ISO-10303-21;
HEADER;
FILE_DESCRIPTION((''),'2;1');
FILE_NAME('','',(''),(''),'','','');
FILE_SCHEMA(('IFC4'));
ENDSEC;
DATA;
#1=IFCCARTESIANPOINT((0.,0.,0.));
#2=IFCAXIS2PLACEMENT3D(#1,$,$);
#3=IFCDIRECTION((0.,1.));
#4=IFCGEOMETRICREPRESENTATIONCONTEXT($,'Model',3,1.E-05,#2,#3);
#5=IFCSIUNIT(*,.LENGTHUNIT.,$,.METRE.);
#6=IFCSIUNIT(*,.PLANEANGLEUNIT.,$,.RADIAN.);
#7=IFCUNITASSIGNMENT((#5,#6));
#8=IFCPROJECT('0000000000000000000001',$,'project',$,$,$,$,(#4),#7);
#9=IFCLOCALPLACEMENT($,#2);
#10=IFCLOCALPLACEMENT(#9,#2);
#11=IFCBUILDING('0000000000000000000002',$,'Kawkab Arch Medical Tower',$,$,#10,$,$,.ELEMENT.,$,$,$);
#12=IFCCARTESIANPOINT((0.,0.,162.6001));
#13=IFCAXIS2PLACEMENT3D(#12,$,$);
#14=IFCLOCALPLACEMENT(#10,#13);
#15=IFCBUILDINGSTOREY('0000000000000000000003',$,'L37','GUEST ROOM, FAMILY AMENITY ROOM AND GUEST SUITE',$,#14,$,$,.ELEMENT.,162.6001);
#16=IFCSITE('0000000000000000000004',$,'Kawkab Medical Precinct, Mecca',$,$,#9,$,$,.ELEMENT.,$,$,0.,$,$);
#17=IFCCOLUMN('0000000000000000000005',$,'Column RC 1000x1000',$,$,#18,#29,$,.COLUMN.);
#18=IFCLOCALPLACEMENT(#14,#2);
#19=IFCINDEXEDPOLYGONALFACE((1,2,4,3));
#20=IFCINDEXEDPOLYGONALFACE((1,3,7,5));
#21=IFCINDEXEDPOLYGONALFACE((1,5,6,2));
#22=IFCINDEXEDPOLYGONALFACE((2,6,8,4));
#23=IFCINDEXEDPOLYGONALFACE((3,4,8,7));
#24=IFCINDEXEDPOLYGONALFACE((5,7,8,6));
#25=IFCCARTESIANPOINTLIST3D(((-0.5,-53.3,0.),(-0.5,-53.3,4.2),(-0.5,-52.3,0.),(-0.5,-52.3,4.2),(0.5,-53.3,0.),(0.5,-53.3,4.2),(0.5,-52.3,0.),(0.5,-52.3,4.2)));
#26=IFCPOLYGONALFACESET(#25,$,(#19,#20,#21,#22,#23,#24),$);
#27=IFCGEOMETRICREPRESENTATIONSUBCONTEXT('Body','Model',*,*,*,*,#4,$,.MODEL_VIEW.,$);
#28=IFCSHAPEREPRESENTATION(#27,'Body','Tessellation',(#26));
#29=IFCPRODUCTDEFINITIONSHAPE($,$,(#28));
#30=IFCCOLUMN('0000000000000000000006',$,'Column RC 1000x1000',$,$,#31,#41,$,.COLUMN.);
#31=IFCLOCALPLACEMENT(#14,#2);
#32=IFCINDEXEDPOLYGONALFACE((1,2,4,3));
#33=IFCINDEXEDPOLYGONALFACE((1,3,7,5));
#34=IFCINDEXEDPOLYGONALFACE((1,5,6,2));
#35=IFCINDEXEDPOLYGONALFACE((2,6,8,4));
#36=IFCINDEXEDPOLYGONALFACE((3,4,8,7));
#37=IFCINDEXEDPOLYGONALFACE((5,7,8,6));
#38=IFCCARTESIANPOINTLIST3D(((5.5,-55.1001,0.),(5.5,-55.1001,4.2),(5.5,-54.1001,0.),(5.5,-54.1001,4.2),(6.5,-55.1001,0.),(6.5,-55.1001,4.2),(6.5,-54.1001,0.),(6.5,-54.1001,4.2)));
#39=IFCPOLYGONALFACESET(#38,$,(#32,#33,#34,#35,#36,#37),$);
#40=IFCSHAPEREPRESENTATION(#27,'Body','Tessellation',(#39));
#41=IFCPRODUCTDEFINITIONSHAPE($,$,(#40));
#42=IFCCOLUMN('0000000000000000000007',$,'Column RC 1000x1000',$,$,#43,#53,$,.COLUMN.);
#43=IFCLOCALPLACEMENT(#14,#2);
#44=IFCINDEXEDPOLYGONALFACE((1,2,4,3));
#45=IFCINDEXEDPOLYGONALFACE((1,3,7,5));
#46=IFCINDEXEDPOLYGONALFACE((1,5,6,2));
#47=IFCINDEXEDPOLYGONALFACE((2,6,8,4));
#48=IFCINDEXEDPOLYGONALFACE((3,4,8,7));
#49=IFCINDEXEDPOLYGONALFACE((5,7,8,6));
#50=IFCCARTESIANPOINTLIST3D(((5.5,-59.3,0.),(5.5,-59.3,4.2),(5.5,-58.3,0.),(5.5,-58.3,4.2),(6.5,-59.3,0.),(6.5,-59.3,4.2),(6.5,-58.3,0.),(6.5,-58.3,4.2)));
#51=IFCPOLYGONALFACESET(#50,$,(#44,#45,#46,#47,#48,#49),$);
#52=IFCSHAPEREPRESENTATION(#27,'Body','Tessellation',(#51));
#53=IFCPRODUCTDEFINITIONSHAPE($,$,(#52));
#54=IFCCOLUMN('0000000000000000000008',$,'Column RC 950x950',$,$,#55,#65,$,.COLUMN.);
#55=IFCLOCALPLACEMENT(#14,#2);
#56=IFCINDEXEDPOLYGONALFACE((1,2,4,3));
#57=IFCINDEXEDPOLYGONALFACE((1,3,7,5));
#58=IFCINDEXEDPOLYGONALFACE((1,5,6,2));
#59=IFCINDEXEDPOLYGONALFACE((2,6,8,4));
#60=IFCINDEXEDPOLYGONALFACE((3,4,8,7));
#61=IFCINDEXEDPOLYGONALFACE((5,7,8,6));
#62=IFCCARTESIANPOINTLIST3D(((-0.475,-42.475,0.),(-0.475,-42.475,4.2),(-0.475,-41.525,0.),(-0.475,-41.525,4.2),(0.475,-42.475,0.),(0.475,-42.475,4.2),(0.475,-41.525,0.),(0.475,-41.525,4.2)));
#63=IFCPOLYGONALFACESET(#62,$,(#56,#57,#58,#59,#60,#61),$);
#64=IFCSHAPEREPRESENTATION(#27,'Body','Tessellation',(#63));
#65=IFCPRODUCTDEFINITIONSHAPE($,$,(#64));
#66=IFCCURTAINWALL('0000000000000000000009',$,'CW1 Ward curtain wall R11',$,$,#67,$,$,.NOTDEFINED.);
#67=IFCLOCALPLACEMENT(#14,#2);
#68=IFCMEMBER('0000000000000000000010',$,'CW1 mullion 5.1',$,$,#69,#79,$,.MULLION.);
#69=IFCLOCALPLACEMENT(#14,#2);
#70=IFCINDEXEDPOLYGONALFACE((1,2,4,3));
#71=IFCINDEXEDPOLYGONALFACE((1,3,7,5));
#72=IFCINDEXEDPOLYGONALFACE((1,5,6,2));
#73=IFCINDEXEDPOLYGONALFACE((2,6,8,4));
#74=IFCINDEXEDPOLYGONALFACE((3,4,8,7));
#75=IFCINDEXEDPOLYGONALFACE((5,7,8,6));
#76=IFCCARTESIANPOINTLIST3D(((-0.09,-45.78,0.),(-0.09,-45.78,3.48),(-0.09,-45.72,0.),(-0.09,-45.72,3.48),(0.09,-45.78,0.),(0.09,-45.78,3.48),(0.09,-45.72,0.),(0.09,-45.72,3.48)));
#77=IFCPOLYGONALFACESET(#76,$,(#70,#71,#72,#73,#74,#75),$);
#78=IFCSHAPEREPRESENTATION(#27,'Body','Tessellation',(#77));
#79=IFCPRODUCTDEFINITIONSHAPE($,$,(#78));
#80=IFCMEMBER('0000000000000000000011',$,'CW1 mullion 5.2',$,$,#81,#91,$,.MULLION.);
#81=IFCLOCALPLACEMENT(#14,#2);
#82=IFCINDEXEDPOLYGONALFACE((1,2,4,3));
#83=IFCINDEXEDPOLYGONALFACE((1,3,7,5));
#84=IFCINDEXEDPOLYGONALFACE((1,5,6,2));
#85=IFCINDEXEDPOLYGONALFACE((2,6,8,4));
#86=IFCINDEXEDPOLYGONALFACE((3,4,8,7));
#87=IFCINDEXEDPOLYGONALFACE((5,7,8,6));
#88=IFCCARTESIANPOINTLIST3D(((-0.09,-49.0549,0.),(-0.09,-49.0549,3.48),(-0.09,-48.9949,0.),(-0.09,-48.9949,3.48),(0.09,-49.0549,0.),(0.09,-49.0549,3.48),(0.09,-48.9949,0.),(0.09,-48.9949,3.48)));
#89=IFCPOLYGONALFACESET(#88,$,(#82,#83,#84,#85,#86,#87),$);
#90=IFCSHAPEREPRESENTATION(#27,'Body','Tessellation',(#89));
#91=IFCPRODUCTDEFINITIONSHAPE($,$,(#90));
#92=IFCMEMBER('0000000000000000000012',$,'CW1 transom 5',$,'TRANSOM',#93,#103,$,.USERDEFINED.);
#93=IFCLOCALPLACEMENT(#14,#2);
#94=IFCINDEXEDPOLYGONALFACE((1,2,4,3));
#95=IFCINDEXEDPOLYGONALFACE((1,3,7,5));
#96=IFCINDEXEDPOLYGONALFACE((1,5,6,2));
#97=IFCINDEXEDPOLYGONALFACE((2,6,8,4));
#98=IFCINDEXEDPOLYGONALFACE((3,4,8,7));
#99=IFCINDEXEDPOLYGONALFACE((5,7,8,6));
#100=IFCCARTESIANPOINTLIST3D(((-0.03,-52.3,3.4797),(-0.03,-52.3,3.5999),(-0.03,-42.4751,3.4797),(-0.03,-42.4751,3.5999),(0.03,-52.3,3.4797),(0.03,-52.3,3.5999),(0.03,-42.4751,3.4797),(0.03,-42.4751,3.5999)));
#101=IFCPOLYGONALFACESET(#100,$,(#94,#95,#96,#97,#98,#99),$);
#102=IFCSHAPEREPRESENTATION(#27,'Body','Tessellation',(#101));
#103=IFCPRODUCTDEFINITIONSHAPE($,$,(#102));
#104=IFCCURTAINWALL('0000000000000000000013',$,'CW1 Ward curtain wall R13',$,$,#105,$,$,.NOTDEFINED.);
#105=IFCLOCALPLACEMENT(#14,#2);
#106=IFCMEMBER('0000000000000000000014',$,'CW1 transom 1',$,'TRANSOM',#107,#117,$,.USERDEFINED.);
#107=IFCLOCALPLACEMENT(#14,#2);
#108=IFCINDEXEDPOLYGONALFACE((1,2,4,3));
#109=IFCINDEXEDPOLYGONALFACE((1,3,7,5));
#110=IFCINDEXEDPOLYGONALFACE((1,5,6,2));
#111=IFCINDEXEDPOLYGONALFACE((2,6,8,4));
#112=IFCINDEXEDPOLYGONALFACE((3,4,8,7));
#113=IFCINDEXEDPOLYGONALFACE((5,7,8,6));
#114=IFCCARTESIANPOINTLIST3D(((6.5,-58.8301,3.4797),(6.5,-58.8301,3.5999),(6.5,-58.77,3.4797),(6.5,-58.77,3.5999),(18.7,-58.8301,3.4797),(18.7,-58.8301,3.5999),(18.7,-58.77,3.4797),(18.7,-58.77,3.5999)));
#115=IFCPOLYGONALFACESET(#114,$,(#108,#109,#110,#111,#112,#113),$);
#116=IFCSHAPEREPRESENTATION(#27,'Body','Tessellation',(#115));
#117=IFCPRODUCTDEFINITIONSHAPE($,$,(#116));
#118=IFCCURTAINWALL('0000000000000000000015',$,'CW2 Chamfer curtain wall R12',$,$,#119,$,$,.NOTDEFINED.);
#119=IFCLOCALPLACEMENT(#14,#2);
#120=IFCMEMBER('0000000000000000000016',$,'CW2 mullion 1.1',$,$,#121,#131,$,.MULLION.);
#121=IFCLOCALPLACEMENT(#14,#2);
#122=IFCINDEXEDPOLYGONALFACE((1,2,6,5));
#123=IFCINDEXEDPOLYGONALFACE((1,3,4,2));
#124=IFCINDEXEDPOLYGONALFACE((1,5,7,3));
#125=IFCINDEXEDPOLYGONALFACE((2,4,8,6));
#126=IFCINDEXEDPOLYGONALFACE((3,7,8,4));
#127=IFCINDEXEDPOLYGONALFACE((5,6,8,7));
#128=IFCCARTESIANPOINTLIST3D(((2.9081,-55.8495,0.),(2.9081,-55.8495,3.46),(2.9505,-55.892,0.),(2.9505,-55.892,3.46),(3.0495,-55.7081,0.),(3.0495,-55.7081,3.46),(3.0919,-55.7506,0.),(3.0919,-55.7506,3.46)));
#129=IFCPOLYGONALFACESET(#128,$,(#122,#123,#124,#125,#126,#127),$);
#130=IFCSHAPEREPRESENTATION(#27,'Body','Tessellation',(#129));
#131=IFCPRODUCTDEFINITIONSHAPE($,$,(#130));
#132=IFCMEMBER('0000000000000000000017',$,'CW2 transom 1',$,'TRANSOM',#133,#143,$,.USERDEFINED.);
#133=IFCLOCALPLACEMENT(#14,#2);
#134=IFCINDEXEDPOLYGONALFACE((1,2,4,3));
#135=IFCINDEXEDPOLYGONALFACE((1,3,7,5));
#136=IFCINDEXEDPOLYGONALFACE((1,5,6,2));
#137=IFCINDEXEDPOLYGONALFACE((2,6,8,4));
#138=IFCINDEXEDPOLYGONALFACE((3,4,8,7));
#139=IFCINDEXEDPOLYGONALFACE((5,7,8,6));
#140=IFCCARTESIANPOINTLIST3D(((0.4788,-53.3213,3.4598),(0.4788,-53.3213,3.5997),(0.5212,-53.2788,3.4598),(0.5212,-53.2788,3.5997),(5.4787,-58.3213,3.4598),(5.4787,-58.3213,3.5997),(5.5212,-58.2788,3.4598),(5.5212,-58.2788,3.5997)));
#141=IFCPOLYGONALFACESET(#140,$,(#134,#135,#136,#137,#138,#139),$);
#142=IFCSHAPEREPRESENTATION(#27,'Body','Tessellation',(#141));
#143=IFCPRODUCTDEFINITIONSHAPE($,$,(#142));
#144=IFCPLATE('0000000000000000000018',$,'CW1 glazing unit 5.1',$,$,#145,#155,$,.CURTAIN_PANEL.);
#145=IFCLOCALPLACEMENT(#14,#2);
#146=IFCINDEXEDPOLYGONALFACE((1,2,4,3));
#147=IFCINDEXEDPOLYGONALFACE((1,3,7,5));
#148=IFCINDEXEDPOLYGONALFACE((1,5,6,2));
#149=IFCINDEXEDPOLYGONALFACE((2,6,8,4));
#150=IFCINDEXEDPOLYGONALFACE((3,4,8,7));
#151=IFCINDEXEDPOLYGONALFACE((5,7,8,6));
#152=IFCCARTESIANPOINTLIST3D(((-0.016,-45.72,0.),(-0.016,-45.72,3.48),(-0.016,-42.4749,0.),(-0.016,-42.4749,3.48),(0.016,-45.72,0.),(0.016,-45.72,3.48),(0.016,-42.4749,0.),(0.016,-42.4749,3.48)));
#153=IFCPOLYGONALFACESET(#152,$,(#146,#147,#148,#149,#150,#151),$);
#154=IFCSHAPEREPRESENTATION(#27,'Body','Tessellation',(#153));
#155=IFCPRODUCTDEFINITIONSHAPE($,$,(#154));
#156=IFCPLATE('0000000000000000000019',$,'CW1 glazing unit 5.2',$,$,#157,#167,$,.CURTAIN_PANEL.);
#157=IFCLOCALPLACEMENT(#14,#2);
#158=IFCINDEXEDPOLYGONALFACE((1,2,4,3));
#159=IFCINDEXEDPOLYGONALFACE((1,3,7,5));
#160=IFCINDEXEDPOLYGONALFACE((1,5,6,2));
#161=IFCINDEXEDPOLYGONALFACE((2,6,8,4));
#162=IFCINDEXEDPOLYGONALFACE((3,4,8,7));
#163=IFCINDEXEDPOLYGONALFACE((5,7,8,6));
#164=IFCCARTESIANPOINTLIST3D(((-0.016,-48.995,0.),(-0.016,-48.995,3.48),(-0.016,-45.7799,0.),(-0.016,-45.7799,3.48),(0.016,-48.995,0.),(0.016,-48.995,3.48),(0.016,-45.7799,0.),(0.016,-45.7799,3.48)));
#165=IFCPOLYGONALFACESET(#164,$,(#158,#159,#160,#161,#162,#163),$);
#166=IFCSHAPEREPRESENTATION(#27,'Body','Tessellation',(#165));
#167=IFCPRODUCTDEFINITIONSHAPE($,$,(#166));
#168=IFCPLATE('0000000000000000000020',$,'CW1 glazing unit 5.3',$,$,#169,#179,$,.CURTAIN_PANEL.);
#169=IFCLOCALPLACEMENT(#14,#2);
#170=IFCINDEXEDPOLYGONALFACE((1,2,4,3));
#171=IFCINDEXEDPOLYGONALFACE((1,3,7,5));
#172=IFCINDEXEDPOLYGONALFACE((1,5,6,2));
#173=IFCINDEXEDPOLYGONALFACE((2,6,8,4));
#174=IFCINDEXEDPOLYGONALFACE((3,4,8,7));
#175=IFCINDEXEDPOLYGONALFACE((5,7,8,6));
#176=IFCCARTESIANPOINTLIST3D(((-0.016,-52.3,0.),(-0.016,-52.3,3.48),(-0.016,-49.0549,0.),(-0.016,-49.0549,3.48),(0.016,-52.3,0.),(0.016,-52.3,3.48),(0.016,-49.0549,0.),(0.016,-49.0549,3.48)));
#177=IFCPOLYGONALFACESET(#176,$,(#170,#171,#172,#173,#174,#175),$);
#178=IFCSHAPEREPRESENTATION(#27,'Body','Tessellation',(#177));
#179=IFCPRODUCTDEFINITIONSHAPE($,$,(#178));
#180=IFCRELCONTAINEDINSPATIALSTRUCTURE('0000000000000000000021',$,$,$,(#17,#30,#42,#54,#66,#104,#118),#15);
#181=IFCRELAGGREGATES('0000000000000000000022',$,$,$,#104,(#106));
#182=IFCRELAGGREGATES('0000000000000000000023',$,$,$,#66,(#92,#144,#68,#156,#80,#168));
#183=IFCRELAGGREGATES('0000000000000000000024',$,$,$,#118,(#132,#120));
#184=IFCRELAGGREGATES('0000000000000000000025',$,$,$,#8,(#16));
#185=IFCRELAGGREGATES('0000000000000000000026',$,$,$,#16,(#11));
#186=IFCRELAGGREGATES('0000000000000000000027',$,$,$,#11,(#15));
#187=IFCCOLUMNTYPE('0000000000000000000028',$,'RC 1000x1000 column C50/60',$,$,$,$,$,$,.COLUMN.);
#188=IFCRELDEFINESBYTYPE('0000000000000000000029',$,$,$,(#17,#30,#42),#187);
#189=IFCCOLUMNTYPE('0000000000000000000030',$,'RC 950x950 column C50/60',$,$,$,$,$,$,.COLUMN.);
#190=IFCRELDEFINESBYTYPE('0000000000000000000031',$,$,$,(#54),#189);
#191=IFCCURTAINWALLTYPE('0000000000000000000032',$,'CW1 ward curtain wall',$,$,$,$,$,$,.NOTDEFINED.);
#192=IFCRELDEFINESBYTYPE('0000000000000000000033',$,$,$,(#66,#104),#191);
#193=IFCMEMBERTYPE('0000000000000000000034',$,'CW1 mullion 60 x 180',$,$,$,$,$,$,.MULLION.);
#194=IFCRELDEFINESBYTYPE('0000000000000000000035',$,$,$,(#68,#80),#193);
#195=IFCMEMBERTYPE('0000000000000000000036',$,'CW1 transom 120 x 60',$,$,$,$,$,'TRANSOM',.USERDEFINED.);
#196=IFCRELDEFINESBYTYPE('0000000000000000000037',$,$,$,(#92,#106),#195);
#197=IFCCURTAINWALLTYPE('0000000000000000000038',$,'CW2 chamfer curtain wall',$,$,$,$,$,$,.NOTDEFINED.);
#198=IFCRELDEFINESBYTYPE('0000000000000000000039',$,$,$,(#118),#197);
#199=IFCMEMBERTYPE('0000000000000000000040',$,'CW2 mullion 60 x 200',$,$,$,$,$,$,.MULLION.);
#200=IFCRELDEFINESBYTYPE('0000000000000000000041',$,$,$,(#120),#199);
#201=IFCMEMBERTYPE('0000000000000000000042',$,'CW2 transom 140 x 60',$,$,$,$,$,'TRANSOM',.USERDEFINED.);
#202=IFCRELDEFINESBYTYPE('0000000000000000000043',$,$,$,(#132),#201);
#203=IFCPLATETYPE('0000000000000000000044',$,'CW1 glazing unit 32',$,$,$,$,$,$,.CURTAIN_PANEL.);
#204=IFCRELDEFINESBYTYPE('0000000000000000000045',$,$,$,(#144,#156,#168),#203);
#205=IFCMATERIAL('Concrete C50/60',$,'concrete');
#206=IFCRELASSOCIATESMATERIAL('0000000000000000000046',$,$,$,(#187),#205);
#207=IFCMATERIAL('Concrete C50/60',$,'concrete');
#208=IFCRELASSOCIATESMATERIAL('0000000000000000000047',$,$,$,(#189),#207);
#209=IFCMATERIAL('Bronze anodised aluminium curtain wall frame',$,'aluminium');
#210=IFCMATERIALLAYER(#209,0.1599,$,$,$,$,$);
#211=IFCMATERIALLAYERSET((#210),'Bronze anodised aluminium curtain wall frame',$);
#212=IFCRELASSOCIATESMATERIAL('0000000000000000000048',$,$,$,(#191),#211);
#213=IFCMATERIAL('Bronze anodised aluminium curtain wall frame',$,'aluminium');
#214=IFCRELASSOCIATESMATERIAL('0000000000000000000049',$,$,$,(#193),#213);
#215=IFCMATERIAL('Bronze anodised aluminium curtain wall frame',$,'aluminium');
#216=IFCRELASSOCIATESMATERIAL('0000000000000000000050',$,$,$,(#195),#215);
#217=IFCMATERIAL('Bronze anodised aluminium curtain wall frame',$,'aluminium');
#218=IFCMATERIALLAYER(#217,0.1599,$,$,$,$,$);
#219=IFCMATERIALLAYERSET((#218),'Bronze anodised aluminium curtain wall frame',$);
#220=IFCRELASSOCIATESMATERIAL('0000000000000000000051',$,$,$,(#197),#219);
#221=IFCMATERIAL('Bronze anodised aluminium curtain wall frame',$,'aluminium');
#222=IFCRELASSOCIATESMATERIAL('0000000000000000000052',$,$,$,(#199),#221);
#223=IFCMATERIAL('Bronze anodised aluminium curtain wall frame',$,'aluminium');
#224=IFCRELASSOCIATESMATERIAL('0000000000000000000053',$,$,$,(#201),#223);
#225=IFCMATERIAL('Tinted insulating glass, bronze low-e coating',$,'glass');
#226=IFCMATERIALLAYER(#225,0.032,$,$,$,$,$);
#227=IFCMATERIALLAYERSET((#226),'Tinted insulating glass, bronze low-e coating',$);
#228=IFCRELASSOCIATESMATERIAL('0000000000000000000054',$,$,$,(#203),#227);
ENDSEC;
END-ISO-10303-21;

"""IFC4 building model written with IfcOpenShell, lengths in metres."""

from ifc_helpers import new_model, si_unit, direction, frame, origin, origin_2d, place, context, subcontext, project, spatial, rectangle, extrude, material, layer, layer_set, material_profile, profile_set, type_object, element, aggregate, save


model = new_model("IFC4")

# Units and contexts
model_context = context("Model", 3, precision=1e-05, world=origin(), true_north=direction((0.0, 1.0)))
body_context = subcontext(model_context, "Body", "Model", "MODEL_VIEW")
ifc_project = project(units=[si_unit("LENGTHUNIT", "METRE"), si_unit("PLANEANGLEUNIT", "RADIAN")], contexts=[model_context])

# Site, building, storey
site_placement = place(None, origin())
site = spatial("IfcSite", under=ifc_project, at=site_placement, Name="Kawkab Medical Precinct, Mecca", CompositionType="ELEMENT", RefElevation=0.0)
building_placement = place(site_placement, origin())
building = spatial("IfcBuilding", under=site, at=building_placement, Name="Kawkab Arch Medical Tower", CompositionType="ELEMENT")
storey_placement = place(building_placement, frame((0.0, 0.0, 162.6001)))
storey = spatial("IfcBuildingStorey", under=building, at=storey_placement, Name="L37", Description="GUEST ROOM, FAMILY AMENITY ROOM AND GUEST SUITE", CompositionType="ELEMENT", Elevation=162.6001)

# Columns
ifc_material_1 = material(Name="Concrete C50/60", Category="concrete")
ifc_material_profile_1 = material_profile(ifc_material_1, rectangle(XDim=1.0, YDim=1.0, at=origin_2d()), Name="RC 1000x1000")
ifc_profile_set_1 = profile_set([ifc_material_profile_1], Name="Concrete C50/60")
column_type_1 = type_object("IfcColumnType", Name="RC 1000x1000 column C50/60", PredefinedType="COLUMN", material=ifc_profile_set_1)
for number, where, z_axis, x_axis, name in (
    (1, (0.0, -52.8, 0.0), (0.0, 0.0, 1.0), (1.0, 0.0, 0.0), "Column RC 1000x1000"),
    (2, (6.0, -54.6001, 0.0), (0.0, 0.0, 1.0), (1.0, 0.0, 0.0), "Column RC 1000x1000"),
    (3, (6.0, -58.8, 0.0), (0.0, 0.0, 1.0), (1.0, 0.0, 0.0), "Column RC 1000x1000"),
):
    element("IfcColumn", number, at=place(storey_placement, frame(where, z_axis=z_axis, x_axis=x_axis)), inside=storey, type_object=column_type_1, Name=name, PredefinedType="COLUMN", context=body_context, shape_type="SweptSolid", body=[
        extrude(rectangle(XDim=1.0, YDim=1.0, at=origin_2d()), origin(), (0.0, 0.0, 1.0), 4.2),
    ])
ifc_material_2 = material(Name="Concrete C50/60", Category="concrete")
ifc_material_profile_2 = material_profile(ifc_material_2, rectangle(XDim=0.95, YDim=0.95, at=origin_2d()), Name="RC 950x950")
ifc_profile_set_2 = profile_set([ifc_material_profile_2], Name="Concrete C50/60")
column_type_2 = type_object("IfcColumnType", Name="RC 950x950 column C50/60", PredefinedType="COLUMN", material=ifc_profile_set_2)
column_placement = place(storey_placement, frame((0.0, -42.0, 0.0), z_axis=(0.0, 0.0, 1.0), x_axis=(1.0, 0.0, 0.0)))
element("IfcColumn", 4, at=column_placement, inside=storey, type_object=column_type_2, Name="Column RC 950x950", PredefinedType="COLUMN", context=body_context, shape_type="SweptSolid", body=[
    extrude(rectangle(XDim=0.95, YDim=0.95, at=origin_2d()), origin(), (0.0, 0.0, 1.0), 4.2),
])

# Curtain wall, members
ifc_material_3 = material(Name="Bronze anodised aluminium curtain wall frame", Category="aluminium")
ifc_layer_1 = layer(ifc_material_3, 0.1599)
ifc_layer_set_1 = layer_set([ifc_layer_1], Name="Bronze anodised aluminium curtain wall frame")
curtain_wall_type_1 = type_object("IfcCurtainWallType", Name="CW1 ward curtain wall", PredefinedType="NOTDEFINED", material=ifc_layer_set_1)
placement = place(storey_placement, origin())
curtain_wall_1 = element("IfcCurtainWall", 5, at=placement, inside=storey, type_object=curtain_wall_type_1, Name="CW1 Ward curtain wall R11", PredefinedType="NOTDEFINED")
ifc_material_4 = material(Name="Bronze anodised aluminium curtain wall frame", Category="aluminium")
ifc_material_profile_3 = material_profile(ifc_material_4, rectangle(XDim=0.1799, YDim=0.0601, at=origin_2d()), Name="AL 60x180")
ifc_profile_set_3 = profile_set([ifc_material_profile_3], Name="Bronze anodised aluminium curtain wall frame")
member_type_1 = type_object("IfcMemberType", Name="CW1 mullion 60 x 180", PredefinedType="MULLION", material=ifc_profile_set_3)
member_1_placement = place(storey_placement, frame((0.0, -45.75, 0.0), z_axis=(0.0, 0.0, 1.0), x_axis=(1.0, 0.0, 0.0)))
member_1 = element("IfcMember", 6, at=member_1_placement, type_object=member_type_1, Name="CW1 mullion 5.1", PredefinedType="MULLION", context=body_context, shape_type="SweptSolid", body=[
    extrude(rectangle(XDim=0.1799, YDim=0.0601, at=origin_2d()), origin(), (0.0, 0.0, 1.0), 3.48),
])
member_2_placement = place(storey_placement, frame((0.0, -49.0249, 0.0), z_axis=(0.0, 0.0, 1.0), x_axis=(1.0, 0.0, 0.0)))
member_2 = element("IfcMember", 7, at=member_2_placement, type_object=member_type_1, Name="CW1 mullion 5.2", PredefinedType="MULLION", context=body_context, shape_type="SweptSolid", body=[
    extrude(rectangle(XDim=0.1799, YDim=0.0601, at=origin_2d()), origin(), (0.0, 0.0, 1.0), 3.48),
])
ifc_material_5 = material(Name="Bronze anodised aluminium curtain wall frame", Category="aluminium")
ifc_material_profile_4 = material_profile(ifc_material_5, rectangle(XDim=0.0601, YDim=0.1201, at=origin_2d()), Name="AL 60x120")
ifc_profile_set_4 = profile_set([ifc_material_profile_4], Name="Bronze anodised aluminium curtain wall frame")
member_type_2 = type_object("IfcMemberType", Name="CW1 transom 120 x 60", ElementType="TRANSOM", PredefinedType="USERDEFINED", material=ifc_profile_set_4)
member_3_placement = place(storey_placement, frame((0.0, -42.4751, 3.5398), z_axis=(0.0, -1.0, 0.0), x_axis=(1.0, 0.0, 0.0)))
member_3 = element("IfcMember", 8, at=member_3_placement, type_object=member_type_2, Name="CW1 transom 5", ObjectType="TRANSOM", PredefinedType="USERDEFINED", context=body_context, shape_type="SweptSolid", body=[
    extrude(rectangle(XDim=0.0601, YDim=0.1201, at=origin_2d()), origin(), (0.0, 0.0, 1.0), 9.825),
])

# Curtain wall, member
curtain_wall_2 = element("IfcCurtainWall", 9, at=placement, inside=storey, type_object=curtain_wall_type_1, Name="CW1 Ward curtain wall R13", PredefinedType="NOTDEFINED")
member_4_placement = place(storey_placement, frame((6.5, -58.8, 3.5398), z_axis=(1.0, 0.0, 0.0), x_axis=(0.0, 1.0, 0.0)))
member_4 = element("IfcMember", 10, at=member_4_placement, type_object=member_type_2, Name="CW1 transom 1", ObjectType="TRANSOM", PredefinedType="USERDEFINED", context=body_context, shape_type="SweptSolid", body=[
    extrude(rectangle(XDim=0.0601, YDim=0.1201, at=origin_2d()), origin(), (0.0, 0.0, 1.0), 12.2),
])
aggregate(curtain_wall_2, [member_4])

# Curtain wall, members
ifc_material_6 = material(Name="Bronze anodised aluminium curtain wall frame", Category="aluminium")
ifc_layer_2 = layer(ifc_material_6, 0.1599)
ifc_layer_set_2 = layer_set([ifc_layer_2], Name="Bronze anodised aluminium curtain wall frame")
curtain_wall_type_2 = type_object("IfcCurtainWallType", Name="CW2 chamfer curtain wall", PredefinedType="NOTDEFINED", material=ifc_layer_set_2)
curtain_wall_3 = element("IfcCurtainWall", 11, at=placement, inside=storey, type_object=curtain_wall_type_2, Name="CW2 Chamfer curtain wall R12", PredefinedType="NOTDEFINED")
ifc_material_7 = material(Name="Bronze anodised aluminium curtain wall frame", Category="aluminium")
ifc_material_profile_5 = material_profile(ifc_material_7, rectangle(XDim=0.2, YDim=0.0601, at=origin_2d()), Name="AL 60x200")
ifc_profile_set_5 = profile_set([ifc_material_profile_5], Name="Bronze anodised aluminium curtain wall frame")
member_type_3 = type_object("IfcMemberType", Name="CW2 mullion 60 x 200", PredefinedType="MULLION", material=ifc_profile_set_5)
member_5_placement = place(storey_placement, frame((3.0, -55.8, 0.0), z_axis=(0.0, 0.0, 1.0), x_axis=(0.707107, 0.707107, 0.0)))
member_5 = element("IfcMember", 12, at=member_5_placement, type_object=member_type_3, Name="CW2 mullion 1.1", PredefinedType="MULLION", context=body_context, shape_type="SweptSolid", body=[
    extrude(rectangle(XDim=0.2, YDim=0.0601, at=origin_2d()), origin(), (0.0, 0.0, 1.0), 3.46),
])
ifc_material_8 = material(Name="Bronze anodised aluminium curtain wall frame", Category="aluminium")
ifc_material_profile_6 = material_profile(ifc_material_8, rectangle(XDim=0.0601, YDim=0.1399, at=origin_2d()), Name="AL 60x140")
ifc_profile_set_6 = profile_set([ifc_material_profile_6], Name="Bronze anodised aluminium curtain wall frame")
member_type_4 = type_object("IfcMemberType", Name="CW2 transom 140 x 60", ElementType="TRANSOM", PredefinedType="USERDEFINED", material=ifc_profile_set_6)
member_6_placement = place(storey_placement, frame((0.5, -53.3, 3.5298), z_axis=(0.707107, -0.707107, 0.0), x_axis=(0.707107, 0.707107, 0.0)))
member_6 = element("IfcMember", 13, at=member_6_placement, type_object=member_type_4, Name="CW2 transom 1", ObjectType="TRANSOM", PredefinedType="USERDEFINED", context=body_context, shape_type="SweptSolid", body=[
    extrude(rectangle(XDim=0.0601, YDim=0.1399, at=origin_2d()), origin(), (0.0, 0.0, 1.0), 7.071),
])

# Plates
ifc_material_9 = material(Name="Tinted insulating glass, bronze low-e coating", Category="glass")
ifc_layer_3 = layer(ifc_material_9, 0.032)
ifc_layer_set_3 = layer_set([ifc_layer_3], Name="Tinted insulating glass, bronze low-e coating")
plate_type_1 = type_object("IfcPlateType", Name="CW1 glazing unit 32", PredefinedType="CURTAIN_PANEL", material=ifc_layer_set_3)
plate_1_placement = place(storey_placement, frame((0.0, -44.0974, 0.0), z_axis=(0.0, 0.0, 1.0), x_axis=(0.0, -1.0, 0.0)))
plate_1 = element("IfcPlate", 14, at=plate_1_placement, type_object=plate_type_1, Name="CW1 glazing unit 5.1", PredefinedType="CURTAIN_PANEL", context=body_context, shape_type="SweptSolid", body=[
    extrude(rectangle(XDim=3.2451, YDim=0.032, at=origin_2d()), origin(), (0.0, 0.0, 1.0), 3.48),
])
plate_2_placement = place(storey_placement, frame((0.0, -47.3875, 0.0), z_axis=(0.0, 0.0, 1.0), x_axis=(0.0, -1.0, 0.0)))
plate_2 = element("IfcPlate", 15, at=plate_2_placement, type_object=plate_type_1, Name="CW1 glazing unit 5.2", PredefinedType="CURTAIN_PANEL", context=body_context, shape_type="SweptSolid", body=[
    extrude(rectangle(XDim=3.2151, YDim=0.032, at=origin_2d()), origin(), (0.0, 0.0, 1.0), 3.48),
])
plate_3_placement = place(storey_placement, frame((0.0, -50.6775, 0.0), z_axis=(0.0, 0.0, 1.0), x_axis=(0.0, -1.0, 0.0)))
plate_3 = element("IfcPlate", 16, at=plate_3_placement, type_object=plate_type_1, Name="CW1 glazing unit 5.3", PredefinedType="CURTAIN_PANEL", context=body_context, shape_type="SweptSolid", body=[
    extrude(rectangle(XDim=3.2451, YDim=0.032, at=origin_2d()), origin(), (0.0, 0.0, 1.0), 3.48),
])
aggregate(curtain_wall_1, [member_3, plate_1, member_1, plate_2, member_2, plate_3])
aggregate(curtain_wall_3, [member_6, member_5])

save(model, "model.ifc")
